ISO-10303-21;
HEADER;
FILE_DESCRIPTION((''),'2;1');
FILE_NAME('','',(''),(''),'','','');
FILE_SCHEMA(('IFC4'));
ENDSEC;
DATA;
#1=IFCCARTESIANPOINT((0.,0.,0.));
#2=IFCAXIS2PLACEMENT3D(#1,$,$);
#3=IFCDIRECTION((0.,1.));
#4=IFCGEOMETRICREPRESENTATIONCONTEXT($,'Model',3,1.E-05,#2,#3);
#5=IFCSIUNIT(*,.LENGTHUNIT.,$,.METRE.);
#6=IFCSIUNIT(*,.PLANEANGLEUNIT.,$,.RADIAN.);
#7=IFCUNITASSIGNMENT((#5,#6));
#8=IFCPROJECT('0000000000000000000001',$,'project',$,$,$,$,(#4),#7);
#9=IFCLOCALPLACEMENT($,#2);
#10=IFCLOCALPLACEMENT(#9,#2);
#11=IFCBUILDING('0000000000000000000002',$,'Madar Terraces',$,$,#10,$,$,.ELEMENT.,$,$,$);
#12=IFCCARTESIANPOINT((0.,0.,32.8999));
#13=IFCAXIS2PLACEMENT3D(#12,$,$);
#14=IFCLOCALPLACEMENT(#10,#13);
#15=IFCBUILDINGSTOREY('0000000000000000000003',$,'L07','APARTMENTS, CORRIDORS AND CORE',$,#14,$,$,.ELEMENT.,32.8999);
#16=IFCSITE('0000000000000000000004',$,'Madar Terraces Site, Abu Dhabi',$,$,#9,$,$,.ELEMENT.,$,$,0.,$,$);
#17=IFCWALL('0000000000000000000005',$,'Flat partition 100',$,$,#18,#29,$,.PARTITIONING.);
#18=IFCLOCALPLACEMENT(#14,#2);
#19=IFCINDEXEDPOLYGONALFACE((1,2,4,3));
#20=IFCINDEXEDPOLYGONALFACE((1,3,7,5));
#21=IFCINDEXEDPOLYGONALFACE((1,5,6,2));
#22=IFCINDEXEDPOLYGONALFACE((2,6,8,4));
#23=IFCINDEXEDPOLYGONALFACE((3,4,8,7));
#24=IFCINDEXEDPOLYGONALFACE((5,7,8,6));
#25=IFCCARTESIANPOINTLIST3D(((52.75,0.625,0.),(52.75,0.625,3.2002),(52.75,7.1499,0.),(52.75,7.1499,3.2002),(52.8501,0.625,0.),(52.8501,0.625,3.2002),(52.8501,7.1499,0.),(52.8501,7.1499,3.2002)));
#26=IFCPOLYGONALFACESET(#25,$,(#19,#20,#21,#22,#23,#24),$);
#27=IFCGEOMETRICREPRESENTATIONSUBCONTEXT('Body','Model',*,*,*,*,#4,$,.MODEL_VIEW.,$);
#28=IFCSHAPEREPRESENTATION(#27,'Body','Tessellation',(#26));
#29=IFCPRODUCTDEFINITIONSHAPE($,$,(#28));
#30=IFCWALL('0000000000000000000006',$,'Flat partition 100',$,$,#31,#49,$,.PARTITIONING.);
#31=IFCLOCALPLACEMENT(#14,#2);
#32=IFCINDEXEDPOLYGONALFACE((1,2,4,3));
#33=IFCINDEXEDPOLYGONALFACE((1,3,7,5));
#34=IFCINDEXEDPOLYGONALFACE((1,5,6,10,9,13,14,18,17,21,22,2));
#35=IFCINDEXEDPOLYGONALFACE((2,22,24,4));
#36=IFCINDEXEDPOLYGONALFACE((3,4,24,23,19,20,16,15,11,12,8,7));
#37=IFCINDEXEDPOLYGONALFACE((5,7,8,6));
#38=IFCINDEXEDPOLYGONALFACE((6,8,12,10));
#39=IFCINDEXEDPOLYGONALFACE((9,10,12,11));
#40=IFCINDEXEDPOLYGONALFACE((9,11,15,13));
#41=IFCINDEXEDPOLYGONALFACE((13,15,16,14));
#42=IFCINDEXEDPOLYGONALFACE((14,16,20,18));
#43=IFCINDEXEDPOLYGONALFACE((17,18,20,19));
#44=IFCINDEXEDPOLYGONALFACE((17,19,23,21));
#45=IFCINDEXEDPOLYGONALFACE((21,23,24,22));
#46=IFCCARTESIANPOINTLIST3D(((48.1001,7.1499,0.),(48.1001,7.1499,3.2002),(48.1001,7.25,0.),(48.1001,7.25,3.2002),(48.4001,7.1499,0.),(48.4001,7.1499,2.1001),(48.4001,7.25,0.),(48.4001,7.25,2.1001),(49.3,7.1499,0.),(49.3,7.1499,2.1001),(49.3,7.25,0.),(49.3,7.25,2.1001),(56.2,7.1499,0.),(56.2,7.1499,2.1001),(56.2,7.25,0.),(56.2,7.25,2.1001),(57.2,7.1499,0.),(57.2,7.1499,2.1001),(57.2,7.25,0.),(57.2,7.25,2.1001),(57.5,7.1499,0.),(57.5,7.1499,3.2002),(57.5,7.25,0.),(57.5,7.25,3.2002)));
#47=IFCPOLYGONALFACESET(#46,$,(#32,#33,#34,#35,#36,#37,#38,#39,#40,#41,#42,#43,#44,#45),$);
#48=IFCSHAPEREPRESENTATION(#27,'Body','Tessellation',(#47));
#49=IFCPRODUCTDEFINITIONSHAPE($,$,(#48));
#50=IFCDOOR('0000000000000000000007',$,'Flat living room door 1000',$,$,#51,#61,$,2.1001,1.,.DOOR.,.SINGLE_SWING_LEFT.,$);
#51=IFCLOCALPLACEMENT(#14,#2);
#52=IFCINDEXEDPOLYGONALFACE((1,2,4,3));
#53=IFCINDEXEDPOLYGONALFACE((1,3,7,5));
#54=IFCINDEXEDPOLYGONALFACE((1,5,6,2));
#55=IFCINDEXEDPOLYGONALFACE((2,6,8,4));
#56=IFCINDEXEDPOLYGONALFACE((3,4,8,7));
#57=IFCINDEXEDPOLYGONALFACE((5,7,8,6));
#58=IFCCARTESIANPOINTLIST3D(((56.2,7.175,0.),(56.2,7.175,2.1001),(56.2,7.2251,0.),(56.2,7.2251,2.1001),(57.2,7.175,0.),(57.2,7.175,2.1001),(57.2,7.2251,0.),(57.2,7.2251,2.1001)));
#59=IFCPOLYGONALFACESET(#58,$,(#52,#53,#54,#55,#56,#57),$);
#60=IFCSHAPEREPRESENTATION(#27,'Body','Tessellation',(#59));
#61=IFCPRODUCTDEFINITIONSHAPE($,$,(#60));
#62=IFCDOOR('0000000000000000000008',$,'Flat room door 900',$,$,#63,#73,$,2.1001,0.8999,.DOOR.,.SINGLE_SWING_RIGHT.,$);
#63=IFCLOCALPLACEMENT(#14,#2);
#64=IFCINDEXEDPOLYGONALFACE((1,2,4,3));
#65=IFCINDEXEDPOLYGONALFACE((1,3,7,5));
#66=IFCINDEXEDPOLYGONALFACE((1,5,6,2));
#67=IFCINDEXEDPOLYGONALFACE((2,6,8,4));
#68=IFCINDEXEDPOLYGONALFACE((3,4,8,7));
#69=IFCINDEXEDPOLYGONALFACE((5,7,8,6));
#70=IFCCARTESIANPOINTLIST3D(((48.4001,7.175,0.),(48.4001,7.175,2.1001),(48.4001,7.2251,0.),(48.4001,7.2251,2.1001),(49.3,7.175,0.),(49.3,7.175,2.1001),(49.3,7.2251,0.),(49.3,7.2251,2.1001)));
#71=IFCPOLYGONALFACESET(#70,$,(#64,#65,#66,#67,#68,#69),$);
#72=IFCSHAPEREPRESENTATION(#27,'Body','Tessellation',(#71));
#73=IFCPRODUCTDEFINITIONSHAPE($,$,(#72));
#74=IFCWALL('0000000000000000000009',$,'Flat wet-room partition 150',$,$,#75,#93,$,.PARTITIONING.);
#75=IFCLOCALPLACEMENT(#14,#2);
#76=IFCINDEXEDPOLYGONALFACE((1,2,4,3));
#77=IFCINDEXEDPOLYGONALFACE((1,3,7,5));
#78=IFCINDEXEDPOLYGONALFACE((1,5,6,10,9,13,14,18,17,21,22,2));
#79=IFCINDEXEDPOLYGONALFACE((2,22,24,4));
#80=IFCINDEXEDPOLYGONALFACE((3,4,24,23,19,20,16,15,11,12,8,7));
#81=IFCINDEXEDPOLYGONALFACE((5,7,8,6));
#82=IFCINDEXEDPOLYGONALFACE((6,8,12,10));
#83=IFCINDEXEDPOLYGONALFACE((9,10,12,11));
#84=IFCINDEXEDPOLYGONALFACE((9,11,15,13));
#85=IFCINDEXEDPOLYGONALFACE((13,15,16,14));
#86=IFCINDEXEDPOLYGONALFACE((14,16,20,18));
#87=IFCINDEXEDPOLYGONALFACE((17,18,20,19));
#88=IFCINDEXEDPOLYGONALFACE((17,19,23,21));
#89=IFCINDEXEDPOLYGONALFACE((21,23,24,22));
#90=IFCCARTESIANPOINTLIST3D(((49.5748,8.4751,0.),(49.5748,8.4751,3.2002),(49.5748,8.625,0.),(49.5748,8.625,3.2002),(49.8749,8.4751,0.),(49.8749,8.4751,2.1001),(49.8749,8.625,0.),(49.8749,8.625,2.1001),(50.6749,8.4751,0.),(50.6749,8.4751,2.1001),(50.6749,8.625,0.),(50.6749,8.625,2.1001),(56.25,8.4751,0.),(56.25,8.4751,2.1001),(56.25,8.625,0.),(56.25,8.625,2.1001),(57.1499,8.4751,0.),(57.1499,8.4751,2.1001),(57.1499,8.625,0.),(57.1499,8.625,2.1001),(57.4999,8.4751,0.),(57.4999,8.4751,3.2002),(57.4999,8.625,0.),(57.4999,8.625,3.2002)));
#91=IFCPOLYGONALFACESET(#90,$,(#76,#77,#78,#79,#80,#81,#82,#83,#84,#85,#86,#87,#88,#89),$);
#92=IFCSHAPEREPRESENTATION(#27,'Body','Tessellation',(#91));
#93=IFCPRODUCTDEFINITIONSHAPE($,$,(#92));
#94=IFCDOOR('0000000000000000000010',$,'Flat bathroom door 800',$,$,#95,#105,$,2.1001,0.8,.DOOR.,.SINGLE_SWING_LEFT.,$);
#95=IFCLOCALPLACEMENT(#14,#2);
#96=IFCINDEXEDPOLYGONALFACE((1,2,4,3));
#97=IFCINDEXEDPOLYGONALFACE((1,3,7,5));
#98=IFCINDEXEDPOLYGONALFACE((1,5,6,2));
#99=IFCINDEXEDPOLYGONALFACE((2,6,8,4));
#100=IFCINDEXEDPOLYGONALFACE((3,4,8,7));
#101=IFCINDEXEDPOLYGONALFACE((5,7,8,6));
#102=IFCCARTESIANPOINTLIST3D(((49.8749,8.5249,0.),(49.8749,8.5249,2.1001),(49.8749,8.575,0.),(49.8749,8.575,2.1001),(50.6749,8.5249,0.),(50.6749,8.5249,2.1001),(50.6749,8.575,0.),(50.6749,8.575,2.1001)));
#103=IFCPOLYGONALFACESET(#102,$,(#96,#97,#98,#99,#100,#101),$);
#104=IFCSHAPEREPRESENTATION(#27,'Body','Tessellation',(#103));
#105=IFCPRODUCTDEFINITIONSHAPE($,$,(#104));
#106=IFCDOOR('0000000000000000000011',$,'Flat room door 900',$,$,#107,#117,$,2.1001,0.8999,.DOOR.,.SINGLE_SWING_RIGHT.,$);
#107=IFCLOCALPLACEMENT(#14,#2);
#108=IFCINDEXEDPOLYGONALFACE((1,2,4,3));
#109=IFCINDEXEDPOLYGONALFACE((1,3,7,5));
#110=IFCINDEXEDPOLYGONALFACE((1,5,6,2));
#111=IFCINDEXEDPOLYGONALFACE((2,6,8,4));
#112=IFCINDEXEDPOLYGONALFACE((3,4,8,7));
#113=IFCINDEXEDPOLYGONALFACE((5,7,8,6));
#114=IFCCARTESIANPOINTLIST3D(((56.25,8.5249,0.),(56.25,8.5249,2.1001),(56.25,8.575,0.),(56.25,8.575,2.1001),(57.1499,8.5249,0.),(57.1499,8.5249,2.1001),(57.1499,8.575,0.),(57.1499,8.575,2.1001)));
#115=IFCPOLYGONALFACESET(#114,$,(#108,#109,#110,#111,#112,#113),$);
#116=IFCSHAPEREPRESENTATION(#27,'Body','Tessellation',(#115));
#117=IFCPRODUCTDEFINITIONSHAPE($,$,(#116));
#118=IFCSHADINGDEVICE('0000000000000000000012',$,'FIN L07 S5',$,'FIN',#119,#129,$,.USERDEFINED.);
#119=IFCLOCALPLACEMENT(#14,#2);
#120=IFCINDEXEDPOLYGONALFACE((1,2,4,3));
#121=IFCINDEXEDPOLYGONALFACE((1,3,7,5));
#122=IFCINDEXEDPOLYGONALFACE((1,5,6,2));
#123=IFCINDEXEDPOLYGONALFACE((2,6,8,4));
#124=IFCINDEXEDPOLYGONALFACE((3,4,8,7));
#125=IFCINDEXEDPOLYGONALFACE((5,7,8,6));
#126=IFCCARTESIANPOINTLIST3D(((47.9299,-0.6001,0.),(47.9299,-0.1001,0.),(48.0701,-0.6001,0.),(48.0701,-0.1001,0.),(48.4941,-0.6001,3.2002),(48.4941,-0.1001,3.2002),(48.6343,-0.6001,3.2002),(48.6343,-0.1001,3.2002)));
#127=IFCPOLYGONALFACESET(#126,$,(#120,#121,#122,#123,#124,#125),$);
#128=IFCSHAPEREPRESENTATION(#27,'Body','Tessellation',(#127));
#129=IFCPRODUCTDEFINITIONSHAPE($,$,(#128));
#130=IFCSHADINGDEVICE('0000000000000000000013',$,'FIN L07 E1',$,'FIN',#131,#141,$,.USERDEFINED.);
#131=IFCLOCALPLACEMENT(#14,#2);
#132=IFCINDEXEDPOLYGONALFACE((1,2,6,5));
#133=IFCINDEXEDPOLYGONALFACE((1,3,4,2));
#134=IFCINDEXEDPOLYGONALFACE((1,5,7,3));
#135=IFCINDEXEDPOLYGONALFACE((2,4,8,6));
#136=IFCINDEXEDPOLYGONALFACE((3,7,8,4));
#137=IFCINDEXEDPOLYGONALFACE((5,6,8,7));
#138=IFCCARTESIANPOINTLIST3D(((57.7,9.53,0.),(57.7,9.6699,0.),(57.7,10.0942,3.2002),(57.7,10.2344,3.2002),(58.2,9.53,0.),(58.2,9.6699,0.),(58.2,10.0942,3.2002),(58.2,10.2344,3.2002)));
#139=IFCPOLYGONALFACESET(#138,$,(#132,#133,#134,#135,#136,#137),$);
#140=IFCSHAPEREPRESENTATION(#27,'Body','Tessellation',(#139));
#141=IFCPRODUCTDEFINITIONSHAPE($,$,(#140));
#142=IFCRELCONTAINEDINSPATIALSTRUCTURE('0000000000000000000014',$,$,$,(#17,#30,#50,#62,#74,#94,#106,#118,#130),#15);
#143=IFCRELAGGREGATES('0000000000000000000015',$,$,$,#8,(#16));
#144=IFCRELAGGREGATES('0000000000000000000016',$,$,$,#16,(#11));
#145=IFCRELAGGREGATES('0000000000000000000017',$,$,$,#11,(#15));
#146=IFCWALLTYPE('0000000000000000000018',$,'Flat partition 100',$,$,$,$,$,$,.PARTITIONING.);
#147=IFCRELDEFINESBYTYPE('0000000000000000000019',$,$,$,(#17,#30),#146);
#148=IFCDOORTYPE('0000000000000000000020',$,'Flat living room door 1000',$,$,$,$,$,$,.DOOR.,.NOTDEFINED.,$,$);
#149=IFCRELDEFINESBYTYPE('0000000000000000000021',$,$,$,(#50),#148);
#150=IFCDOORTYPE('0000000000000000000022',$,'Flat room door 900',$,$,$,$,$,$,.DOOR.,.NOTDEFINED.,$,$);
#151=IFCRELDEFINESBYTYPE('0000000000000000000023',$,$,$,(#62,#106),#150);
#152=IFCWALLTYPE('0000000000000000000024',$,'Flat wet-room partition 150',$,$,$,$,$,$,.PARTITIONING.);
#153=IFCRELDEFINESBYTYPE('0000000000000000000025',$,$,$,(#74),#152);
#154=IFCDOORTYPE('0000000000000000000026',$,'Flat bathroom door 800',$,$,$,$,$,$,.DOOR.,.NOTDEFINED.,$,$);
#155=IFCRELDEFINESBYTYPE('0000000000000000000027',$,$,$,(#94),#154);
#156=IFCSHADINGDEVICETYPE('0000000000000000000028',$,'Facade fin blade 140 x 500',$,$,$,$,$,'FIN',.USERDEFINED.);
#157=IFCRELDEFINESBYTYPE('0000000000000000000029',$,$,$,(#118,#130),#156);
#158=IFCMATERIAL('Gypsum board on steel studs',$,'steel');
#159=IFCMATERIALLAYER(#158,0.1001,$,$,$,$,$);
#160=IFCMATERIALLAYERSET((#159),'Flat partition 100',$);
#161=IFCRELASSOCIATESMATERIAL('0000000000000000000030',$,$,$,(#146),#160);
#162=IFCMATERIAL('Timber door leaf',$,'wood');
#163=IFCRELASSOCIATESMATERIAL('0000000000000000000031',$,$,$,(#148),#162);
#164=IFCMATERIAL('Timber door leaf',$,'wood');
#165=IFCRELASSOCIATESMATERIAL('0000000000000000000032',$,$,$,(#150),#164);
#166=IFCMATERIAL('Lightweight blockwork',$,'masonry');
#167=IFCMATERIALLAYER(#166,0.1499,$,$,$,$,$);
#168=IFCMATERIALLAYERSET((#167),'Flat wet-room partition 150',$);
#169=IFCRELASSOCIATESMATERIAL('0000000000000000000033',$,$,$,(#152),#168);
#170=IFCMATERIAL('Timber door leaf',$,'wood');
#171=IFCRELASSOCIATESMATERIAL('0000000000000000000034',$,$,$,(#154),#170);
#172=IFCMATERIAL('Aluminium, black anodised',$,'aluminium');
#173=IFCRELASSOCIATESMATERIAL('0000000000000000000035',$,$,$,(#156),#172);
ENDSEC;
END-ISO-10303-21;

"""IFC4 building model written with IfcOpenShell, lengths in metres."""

from ifc_helpers import new_model, si_unit, direction, frame, frame_2d, origin, place, context, subcontext, project, spatial, polyline, rectangle, outline, extrude, material, layer, layer_set, type_object, element, fill, save


model = new_model("IFC4")

# Units and contexts
model_context = context("Model", 3, precision=1e-05, world=origin(), true_north=direction((0.0, 1.0)))
body_context = subcontext(model_context, "Body", "Model", "MODEL_VIEW")
ifc_project = project(units=[si_unit("LENGTHUNIT", "METRE"), si_unit("PLANEANGLEUNIT", "RADIAN")], contexts=[model_context])

# Site, building, storey
site_placement = place(None, origin())
site = spatial("IfcSite", under=ifc_project, at=site_placement, Name="Madar Terraces Site, Abu Dhabi", CompositionType="ELEMENT", RefElevation=0.0)
building_placement = place(site_placement, origin())
building = spatial("IfcBuilding", under=site, at=building_placement, Name="Madar Terraces", CompositionType="ELEMENT")
storey_placement = place(building_placement, frame((0.0, 0.0, 32.8999)))
storey = spatial("IfcBuildingStorey", under=building, at=storey_placement, Name="L07", Description="APARTMENTS, CORRIDORS AND CORE", CompositionType="ELEMENT", Elevation=32.8999)

# Wall
ifc_material_1 = material(Name="Gypsum board on steel studs", Category="steel")
ifc_layer_1 = layer(ifc_material_1, 0.1001)
ifc_layer_set_1 = layer_set([ifc_layer_1], Name="Flat partition 100")
wall_type_1 = type_object("IfcWallType", Name="Flat partition 100", PredefinedType="PARTITIONING", material=ifc_layer_set_1)
wall_1_placement = place(storey_placement, frame((52.8, 7.1499, 0.0), z_axis=(0.0, 0.0, 1.0), x_axis=(0.0, -1.0, 0.0)))
element("IfcWall", 1, at=wall_1_placement, inside=storey, type_object=wall_type_1, Name="Flat partition 100", PredefinedType="PARTITIONING", context=body_context, shape_type="SweptSolid", body=[
    extrude(rectangle(XDim=6.5249, YDim=0.1001, at=frame_2d((3.2625, 0.0))), origin(), (0.0, 0.0, 1.0), 3.2002),
])

# Walls, openings, doors
wall_2_placement = place(storey_placement, frame((57.5, 7.2, 0.0), z_axis=(0.0, 0.0, 1.0), x_axis=(-1.0, 0.0, 0.0)))
wall_2 = element("IfcWall", 2, at=wall_2_placement, inside=storey, type_object=wall_type_1, Name="Flat partition 100", PredefinedType="PARTITIONING", context=body_context, shape_type="SweptSolid", body=[
    extrude(rectangle(XDim=9.3999, YDim=0.1001, at=frame_2d((4.7, 0.0))), origin(), (0.0, 0.0, 1.0), 3.2002),
])
opening_1_placement = place(wall_2_placement, frame((8.2, 0.0, 0.0)))
opening_1 = element("IfcOpeningElement", 3, at=opening_1_placement, cuts=wall_2, PredefinedType="OPENING", context=body_context, shape_type="SweptSolid", body=[
    extrude(rectangle(XDim=0.8999, YDim=2.1001, at=frame_2d((0.45, 1.05))), frame((0.0, 0.0601, 0.0), z_axis=(0.0, -1.0, 0.0), x_axis=(1.0, 0.0, 0.0)), (0.0, 0.0, 1.0), 0.1201),
])
opening_2_placement = place(wall_2_placement, frame((0.3, 0.0, 0.0)))
opening_2 = element("IfcOpeningElement", 4, at=opening_2_placement, cuts=wall_2, PredefinedType="OPENING", context=body_context, shape_type="SweptSolid", body=[
    extrude(rectangle(XDim=1.0, YDim=2.1001, at=frame_2d((0.5, 1.05))), frame((0.0, 0.0601, 0.0), z_axis=(0.0, -1.0, 0.0), x_axis=(1.0, 0.0, 0.0)), (0.0, 0.0, 1.0), 0.1201),
])
ifc_material_2 = material(Name="Timber door leaf", Category="wood")
door_type_1 = type_object("IfcDoorType", Name="Flat living room door 1000", OperationType="NOTDEFINED", PredefinedType="DOOR", material=ifc_material_2)
door_1_placement = place(opening_2_placement, origin())
door_1 = element("IfcDoor", 5, at=door_1_placement, inside=storey, type_object=door_type_1, Name="Flat living room door 1000", OperationType="SINGLE_SWING_LEFT", OverallHeight=2.1001, OverallWidth=1.0, PredefinedType="DOOR", context=body_context, shape_type="SweptSolid", body=[
    extrude(rectangle(XDim=1.0, YDim=2.1001, at=frame_2d((0.5, 1.05))), frame((0.0, 0.0249, 0.0), z_axis=(0.0, -1.0, 0.0), x_axis=(1.0, 0.0, 0.0)), (0.0, 0.0, 1.0), 0.05),
])
fill(opening_2, door_1)
ifc_material_3 = material(Name="Timber door leaf", Category="wood")
door_type_2 = type_object("IfcDoorType", Name="Flat room door 900", OperationType="NOTDEFINED", PredefinedType="DOOR", material=ifc_material_3)
door_2_placement = place(opening_1_placement, origin())
door_2 = element("IfcDoor", 6, at=door_2_placement, inside=storey, type_object=door_type_2, Name="Flat room door 900", OperationType="SINGLE_SWING_RIGHT", OverallHeight=2.1001, OverallWidth=0.8999, PredefinedType="DOOR", context=body_context, shape_type="SweptSolid", body=[
    extrude(rectangle(XDim=0.8999, YDim=2.1001, at=frame_2d((0.45, 1.05))), frame((0.0, 0.0249, 0.0), z_axis=(0.0, -1.0, 0.0), x_axis=(1.0, 0.0, 0.0)), (0.0, 0.0, 1.0), 0.05),
])
fill(opening_1, door_2)
ifc_material_4 = material(Name="Lightweight blockwork", Category="masonry")
ifc_layer_2 = layer(ifc_material_4, 0.1499)
ifc_layer_set_2 = layer_set([ifc_layer_2], Name="Flat wet-room partition 150")
wall_type_2 = type_object("IfcWallType", Name="Flat wet-room partition 150", PredefinedType="PARTITIONING", material=ifc_layer_set_2)
wall_3_placement = place(storey_placement, frame((49.575, 8.55, 0.0), z_axis=(0.0, 0.0, 1.0), x_axis=(1.0, 0.0, 0.0)))
wall_3 = element("IfcWall", 7, at=wall_3_placement, inside=storey, type_object=wall_type_2, Name="Flat wet-room partition 150", PredefinedType="PARTITIONING", context=body_context, shape_type="SweptSolid", body=[
    extrude(rectangle(XDim=7.925, YDim=0.1499, at=frame_2d((3.9624, 0.0))), origin(), (0.0, 0.0, 1.0), 3.2002),
])
opening_3_placement = place(wall_3_placement, frame((0.3, 0.0, 0.0)))
opening_3 = element("IfcOpeningElement", 8, at=opening_3_placement, cuts=wall_3, PredefinedType="OPENING", context=body_context, shape_type="SweptSolid", body=[
    extrude(rectangle(XDim=0.8, YDim=2.1001, at=frame_2d((0.3999, 1.05))), frame((0.0, 0.085, 0.0), z_axis=(0.0, -1.0, 0.0), x_axis=(1.0, 0.0, 0.0)), (0.0, 0.0, 1.0), 0.1699),
])
opening_4_placement = place(wall_3_placement, frame((6.675, 0.0, 0.0)))
opening_4 = element("IfcOpeningElement", 9, at=opening_4_placement, cuts=wall_3, PredefinedType="OPENING", context=body_context, shape_type="SweptSolid", body=[
    extrude(rectangle(XDim=0.8999, YDim=2.1001, at=frame_2d((0.45, 1.05))), frame((0.0, 0.085, 0.0), z_axis=(0.0, -1.0, 0.0), x_axis=(1.0, 0.0, 0.0)), (0.0, 0.0, 1.0), 0.1699),
])
ifc_material_5 = material(Name="Timber door leaf", Category="wood")
door_type_3 = type_object("IfcDoorType", Name="Flat bathroom door 800", OperationType="NOTDEFINED", PredefinedType="DOOR", material=ifc_material_5)
door_3_placement = place(opening_3_placement, origin())
door_3 = element("IfcDoor", 10, at=door_3_placement, inside=storey, type_object=door_type_3, Name="Flat bathroom door 800", OperationType="SINGLE_SWING_LEFT", OverallHeight=2.1001, OverallWidth=0.8, PredefinedType="DOOR", context=body_context, shape_type="SweptSolid", body=[
    extrude(rectangle(XDim=0.8, YDim=2.1001, at=frame_2d((0.3999, 1.05))), frame((0.0, 0.0249, 0.0), z_axis=(0.0, -1.0, 0.0), x_axis=(1.0, 0.0, 0.0)), (0.0, 0.0, 1.0), 0.05),
])
fill(opening_3, door_3)
door_4_placement = place(opening_4_placement, origin())
door_4 = element("IfcDoor", 11, at=door_4_placement, inside=storey, type_object=door_type_2, Name="Flat room door 900", OperationType="SINGLE_SWING_RIGHT", OverallHeight=2.1001, OverallWidth=0.8999, PredefinedType="DOOR", context=body_context, shape_type="SweptSolid", body=[
    extrude(rectangle(XDim=0.8999, YDim=2.1001, at=frame_2d((0.45, 1.05))), frame((0.0, 0.0249, 0.0), z_axis=(0.0, -1.0, 0.0), x_axis=(1.0, 0.0, 0.0)), (0.0, 0.0, 1.0), 0.05),
])
fill(opening_4, door_4)

# Shading devices
ifc_material_6 = material(Name="Aluminium, black anodised", Category="aluminium")
shading_device_type = type_object("IfcShadingDeviceType", Name="Facade fin blade 140 x 500", ElementType="FIN", PredefinedType="USERDEFINED", material=ifc_material_6)
shading_device_1_placement = place(storey_placement, frame((47.9299, -0.3501, 0.0), z_axis=(0.0, 0.0, 1.0), x_axis=(1.0, 0.0, 0.0)))
element("IfcShadingDevice", 12, at=shading_device_1_placement, inside=storey, type_object=shading_device_type, Name="FIN L07 S5", ObjectType="FIN", PredefinedType="USERDEFINED", context=body_context, shape_type="SweptSolid", body=[
    extrude(outline(polyline([(0.0, 0.0), (0.1401, 0.0), (0.7043, 3.2002), (0.5642, 3.2002), (0.0, 0.0)])), frame((0.0, 0.25, 0.0), z_axis=(0.0, -1.0, 0.0), x_axis=(1.0, 0.0, 0.0)), (0.0, 0.0, 1.0), 0.5),
])
shading_device_2_placement = place(storey_placement, frame((57.95, 9.53, 0.0), z_axis=(0.0, 0.0, 1.0), x_axis=(0.0, 1.0, 0.0)))
element("IfcShadingDevice", 13, at=shading_device_2_placement, inside=storey, type_object=shading_device_type, Name="FIN L07 E1", ObjectType="FIN", PredefinedType="USERDEFINED", context=body_context, shape_type="SweptSolid", body=[
    extrude(outline(polyline([(0.0, 0.0), (0.1399, 0.0), (0.7043, 3.2002), (0.5642, 3.2002), (0.0, 0.0)])), frame((0.0, 0.25, 0.0), z_axis=(0.0, -1.0, 0.0), x_axis=(1.0, 0.0, 0.0)), (0.0, 0.0, 1.0), 0.5),
])

save(model, "model.ifc")
